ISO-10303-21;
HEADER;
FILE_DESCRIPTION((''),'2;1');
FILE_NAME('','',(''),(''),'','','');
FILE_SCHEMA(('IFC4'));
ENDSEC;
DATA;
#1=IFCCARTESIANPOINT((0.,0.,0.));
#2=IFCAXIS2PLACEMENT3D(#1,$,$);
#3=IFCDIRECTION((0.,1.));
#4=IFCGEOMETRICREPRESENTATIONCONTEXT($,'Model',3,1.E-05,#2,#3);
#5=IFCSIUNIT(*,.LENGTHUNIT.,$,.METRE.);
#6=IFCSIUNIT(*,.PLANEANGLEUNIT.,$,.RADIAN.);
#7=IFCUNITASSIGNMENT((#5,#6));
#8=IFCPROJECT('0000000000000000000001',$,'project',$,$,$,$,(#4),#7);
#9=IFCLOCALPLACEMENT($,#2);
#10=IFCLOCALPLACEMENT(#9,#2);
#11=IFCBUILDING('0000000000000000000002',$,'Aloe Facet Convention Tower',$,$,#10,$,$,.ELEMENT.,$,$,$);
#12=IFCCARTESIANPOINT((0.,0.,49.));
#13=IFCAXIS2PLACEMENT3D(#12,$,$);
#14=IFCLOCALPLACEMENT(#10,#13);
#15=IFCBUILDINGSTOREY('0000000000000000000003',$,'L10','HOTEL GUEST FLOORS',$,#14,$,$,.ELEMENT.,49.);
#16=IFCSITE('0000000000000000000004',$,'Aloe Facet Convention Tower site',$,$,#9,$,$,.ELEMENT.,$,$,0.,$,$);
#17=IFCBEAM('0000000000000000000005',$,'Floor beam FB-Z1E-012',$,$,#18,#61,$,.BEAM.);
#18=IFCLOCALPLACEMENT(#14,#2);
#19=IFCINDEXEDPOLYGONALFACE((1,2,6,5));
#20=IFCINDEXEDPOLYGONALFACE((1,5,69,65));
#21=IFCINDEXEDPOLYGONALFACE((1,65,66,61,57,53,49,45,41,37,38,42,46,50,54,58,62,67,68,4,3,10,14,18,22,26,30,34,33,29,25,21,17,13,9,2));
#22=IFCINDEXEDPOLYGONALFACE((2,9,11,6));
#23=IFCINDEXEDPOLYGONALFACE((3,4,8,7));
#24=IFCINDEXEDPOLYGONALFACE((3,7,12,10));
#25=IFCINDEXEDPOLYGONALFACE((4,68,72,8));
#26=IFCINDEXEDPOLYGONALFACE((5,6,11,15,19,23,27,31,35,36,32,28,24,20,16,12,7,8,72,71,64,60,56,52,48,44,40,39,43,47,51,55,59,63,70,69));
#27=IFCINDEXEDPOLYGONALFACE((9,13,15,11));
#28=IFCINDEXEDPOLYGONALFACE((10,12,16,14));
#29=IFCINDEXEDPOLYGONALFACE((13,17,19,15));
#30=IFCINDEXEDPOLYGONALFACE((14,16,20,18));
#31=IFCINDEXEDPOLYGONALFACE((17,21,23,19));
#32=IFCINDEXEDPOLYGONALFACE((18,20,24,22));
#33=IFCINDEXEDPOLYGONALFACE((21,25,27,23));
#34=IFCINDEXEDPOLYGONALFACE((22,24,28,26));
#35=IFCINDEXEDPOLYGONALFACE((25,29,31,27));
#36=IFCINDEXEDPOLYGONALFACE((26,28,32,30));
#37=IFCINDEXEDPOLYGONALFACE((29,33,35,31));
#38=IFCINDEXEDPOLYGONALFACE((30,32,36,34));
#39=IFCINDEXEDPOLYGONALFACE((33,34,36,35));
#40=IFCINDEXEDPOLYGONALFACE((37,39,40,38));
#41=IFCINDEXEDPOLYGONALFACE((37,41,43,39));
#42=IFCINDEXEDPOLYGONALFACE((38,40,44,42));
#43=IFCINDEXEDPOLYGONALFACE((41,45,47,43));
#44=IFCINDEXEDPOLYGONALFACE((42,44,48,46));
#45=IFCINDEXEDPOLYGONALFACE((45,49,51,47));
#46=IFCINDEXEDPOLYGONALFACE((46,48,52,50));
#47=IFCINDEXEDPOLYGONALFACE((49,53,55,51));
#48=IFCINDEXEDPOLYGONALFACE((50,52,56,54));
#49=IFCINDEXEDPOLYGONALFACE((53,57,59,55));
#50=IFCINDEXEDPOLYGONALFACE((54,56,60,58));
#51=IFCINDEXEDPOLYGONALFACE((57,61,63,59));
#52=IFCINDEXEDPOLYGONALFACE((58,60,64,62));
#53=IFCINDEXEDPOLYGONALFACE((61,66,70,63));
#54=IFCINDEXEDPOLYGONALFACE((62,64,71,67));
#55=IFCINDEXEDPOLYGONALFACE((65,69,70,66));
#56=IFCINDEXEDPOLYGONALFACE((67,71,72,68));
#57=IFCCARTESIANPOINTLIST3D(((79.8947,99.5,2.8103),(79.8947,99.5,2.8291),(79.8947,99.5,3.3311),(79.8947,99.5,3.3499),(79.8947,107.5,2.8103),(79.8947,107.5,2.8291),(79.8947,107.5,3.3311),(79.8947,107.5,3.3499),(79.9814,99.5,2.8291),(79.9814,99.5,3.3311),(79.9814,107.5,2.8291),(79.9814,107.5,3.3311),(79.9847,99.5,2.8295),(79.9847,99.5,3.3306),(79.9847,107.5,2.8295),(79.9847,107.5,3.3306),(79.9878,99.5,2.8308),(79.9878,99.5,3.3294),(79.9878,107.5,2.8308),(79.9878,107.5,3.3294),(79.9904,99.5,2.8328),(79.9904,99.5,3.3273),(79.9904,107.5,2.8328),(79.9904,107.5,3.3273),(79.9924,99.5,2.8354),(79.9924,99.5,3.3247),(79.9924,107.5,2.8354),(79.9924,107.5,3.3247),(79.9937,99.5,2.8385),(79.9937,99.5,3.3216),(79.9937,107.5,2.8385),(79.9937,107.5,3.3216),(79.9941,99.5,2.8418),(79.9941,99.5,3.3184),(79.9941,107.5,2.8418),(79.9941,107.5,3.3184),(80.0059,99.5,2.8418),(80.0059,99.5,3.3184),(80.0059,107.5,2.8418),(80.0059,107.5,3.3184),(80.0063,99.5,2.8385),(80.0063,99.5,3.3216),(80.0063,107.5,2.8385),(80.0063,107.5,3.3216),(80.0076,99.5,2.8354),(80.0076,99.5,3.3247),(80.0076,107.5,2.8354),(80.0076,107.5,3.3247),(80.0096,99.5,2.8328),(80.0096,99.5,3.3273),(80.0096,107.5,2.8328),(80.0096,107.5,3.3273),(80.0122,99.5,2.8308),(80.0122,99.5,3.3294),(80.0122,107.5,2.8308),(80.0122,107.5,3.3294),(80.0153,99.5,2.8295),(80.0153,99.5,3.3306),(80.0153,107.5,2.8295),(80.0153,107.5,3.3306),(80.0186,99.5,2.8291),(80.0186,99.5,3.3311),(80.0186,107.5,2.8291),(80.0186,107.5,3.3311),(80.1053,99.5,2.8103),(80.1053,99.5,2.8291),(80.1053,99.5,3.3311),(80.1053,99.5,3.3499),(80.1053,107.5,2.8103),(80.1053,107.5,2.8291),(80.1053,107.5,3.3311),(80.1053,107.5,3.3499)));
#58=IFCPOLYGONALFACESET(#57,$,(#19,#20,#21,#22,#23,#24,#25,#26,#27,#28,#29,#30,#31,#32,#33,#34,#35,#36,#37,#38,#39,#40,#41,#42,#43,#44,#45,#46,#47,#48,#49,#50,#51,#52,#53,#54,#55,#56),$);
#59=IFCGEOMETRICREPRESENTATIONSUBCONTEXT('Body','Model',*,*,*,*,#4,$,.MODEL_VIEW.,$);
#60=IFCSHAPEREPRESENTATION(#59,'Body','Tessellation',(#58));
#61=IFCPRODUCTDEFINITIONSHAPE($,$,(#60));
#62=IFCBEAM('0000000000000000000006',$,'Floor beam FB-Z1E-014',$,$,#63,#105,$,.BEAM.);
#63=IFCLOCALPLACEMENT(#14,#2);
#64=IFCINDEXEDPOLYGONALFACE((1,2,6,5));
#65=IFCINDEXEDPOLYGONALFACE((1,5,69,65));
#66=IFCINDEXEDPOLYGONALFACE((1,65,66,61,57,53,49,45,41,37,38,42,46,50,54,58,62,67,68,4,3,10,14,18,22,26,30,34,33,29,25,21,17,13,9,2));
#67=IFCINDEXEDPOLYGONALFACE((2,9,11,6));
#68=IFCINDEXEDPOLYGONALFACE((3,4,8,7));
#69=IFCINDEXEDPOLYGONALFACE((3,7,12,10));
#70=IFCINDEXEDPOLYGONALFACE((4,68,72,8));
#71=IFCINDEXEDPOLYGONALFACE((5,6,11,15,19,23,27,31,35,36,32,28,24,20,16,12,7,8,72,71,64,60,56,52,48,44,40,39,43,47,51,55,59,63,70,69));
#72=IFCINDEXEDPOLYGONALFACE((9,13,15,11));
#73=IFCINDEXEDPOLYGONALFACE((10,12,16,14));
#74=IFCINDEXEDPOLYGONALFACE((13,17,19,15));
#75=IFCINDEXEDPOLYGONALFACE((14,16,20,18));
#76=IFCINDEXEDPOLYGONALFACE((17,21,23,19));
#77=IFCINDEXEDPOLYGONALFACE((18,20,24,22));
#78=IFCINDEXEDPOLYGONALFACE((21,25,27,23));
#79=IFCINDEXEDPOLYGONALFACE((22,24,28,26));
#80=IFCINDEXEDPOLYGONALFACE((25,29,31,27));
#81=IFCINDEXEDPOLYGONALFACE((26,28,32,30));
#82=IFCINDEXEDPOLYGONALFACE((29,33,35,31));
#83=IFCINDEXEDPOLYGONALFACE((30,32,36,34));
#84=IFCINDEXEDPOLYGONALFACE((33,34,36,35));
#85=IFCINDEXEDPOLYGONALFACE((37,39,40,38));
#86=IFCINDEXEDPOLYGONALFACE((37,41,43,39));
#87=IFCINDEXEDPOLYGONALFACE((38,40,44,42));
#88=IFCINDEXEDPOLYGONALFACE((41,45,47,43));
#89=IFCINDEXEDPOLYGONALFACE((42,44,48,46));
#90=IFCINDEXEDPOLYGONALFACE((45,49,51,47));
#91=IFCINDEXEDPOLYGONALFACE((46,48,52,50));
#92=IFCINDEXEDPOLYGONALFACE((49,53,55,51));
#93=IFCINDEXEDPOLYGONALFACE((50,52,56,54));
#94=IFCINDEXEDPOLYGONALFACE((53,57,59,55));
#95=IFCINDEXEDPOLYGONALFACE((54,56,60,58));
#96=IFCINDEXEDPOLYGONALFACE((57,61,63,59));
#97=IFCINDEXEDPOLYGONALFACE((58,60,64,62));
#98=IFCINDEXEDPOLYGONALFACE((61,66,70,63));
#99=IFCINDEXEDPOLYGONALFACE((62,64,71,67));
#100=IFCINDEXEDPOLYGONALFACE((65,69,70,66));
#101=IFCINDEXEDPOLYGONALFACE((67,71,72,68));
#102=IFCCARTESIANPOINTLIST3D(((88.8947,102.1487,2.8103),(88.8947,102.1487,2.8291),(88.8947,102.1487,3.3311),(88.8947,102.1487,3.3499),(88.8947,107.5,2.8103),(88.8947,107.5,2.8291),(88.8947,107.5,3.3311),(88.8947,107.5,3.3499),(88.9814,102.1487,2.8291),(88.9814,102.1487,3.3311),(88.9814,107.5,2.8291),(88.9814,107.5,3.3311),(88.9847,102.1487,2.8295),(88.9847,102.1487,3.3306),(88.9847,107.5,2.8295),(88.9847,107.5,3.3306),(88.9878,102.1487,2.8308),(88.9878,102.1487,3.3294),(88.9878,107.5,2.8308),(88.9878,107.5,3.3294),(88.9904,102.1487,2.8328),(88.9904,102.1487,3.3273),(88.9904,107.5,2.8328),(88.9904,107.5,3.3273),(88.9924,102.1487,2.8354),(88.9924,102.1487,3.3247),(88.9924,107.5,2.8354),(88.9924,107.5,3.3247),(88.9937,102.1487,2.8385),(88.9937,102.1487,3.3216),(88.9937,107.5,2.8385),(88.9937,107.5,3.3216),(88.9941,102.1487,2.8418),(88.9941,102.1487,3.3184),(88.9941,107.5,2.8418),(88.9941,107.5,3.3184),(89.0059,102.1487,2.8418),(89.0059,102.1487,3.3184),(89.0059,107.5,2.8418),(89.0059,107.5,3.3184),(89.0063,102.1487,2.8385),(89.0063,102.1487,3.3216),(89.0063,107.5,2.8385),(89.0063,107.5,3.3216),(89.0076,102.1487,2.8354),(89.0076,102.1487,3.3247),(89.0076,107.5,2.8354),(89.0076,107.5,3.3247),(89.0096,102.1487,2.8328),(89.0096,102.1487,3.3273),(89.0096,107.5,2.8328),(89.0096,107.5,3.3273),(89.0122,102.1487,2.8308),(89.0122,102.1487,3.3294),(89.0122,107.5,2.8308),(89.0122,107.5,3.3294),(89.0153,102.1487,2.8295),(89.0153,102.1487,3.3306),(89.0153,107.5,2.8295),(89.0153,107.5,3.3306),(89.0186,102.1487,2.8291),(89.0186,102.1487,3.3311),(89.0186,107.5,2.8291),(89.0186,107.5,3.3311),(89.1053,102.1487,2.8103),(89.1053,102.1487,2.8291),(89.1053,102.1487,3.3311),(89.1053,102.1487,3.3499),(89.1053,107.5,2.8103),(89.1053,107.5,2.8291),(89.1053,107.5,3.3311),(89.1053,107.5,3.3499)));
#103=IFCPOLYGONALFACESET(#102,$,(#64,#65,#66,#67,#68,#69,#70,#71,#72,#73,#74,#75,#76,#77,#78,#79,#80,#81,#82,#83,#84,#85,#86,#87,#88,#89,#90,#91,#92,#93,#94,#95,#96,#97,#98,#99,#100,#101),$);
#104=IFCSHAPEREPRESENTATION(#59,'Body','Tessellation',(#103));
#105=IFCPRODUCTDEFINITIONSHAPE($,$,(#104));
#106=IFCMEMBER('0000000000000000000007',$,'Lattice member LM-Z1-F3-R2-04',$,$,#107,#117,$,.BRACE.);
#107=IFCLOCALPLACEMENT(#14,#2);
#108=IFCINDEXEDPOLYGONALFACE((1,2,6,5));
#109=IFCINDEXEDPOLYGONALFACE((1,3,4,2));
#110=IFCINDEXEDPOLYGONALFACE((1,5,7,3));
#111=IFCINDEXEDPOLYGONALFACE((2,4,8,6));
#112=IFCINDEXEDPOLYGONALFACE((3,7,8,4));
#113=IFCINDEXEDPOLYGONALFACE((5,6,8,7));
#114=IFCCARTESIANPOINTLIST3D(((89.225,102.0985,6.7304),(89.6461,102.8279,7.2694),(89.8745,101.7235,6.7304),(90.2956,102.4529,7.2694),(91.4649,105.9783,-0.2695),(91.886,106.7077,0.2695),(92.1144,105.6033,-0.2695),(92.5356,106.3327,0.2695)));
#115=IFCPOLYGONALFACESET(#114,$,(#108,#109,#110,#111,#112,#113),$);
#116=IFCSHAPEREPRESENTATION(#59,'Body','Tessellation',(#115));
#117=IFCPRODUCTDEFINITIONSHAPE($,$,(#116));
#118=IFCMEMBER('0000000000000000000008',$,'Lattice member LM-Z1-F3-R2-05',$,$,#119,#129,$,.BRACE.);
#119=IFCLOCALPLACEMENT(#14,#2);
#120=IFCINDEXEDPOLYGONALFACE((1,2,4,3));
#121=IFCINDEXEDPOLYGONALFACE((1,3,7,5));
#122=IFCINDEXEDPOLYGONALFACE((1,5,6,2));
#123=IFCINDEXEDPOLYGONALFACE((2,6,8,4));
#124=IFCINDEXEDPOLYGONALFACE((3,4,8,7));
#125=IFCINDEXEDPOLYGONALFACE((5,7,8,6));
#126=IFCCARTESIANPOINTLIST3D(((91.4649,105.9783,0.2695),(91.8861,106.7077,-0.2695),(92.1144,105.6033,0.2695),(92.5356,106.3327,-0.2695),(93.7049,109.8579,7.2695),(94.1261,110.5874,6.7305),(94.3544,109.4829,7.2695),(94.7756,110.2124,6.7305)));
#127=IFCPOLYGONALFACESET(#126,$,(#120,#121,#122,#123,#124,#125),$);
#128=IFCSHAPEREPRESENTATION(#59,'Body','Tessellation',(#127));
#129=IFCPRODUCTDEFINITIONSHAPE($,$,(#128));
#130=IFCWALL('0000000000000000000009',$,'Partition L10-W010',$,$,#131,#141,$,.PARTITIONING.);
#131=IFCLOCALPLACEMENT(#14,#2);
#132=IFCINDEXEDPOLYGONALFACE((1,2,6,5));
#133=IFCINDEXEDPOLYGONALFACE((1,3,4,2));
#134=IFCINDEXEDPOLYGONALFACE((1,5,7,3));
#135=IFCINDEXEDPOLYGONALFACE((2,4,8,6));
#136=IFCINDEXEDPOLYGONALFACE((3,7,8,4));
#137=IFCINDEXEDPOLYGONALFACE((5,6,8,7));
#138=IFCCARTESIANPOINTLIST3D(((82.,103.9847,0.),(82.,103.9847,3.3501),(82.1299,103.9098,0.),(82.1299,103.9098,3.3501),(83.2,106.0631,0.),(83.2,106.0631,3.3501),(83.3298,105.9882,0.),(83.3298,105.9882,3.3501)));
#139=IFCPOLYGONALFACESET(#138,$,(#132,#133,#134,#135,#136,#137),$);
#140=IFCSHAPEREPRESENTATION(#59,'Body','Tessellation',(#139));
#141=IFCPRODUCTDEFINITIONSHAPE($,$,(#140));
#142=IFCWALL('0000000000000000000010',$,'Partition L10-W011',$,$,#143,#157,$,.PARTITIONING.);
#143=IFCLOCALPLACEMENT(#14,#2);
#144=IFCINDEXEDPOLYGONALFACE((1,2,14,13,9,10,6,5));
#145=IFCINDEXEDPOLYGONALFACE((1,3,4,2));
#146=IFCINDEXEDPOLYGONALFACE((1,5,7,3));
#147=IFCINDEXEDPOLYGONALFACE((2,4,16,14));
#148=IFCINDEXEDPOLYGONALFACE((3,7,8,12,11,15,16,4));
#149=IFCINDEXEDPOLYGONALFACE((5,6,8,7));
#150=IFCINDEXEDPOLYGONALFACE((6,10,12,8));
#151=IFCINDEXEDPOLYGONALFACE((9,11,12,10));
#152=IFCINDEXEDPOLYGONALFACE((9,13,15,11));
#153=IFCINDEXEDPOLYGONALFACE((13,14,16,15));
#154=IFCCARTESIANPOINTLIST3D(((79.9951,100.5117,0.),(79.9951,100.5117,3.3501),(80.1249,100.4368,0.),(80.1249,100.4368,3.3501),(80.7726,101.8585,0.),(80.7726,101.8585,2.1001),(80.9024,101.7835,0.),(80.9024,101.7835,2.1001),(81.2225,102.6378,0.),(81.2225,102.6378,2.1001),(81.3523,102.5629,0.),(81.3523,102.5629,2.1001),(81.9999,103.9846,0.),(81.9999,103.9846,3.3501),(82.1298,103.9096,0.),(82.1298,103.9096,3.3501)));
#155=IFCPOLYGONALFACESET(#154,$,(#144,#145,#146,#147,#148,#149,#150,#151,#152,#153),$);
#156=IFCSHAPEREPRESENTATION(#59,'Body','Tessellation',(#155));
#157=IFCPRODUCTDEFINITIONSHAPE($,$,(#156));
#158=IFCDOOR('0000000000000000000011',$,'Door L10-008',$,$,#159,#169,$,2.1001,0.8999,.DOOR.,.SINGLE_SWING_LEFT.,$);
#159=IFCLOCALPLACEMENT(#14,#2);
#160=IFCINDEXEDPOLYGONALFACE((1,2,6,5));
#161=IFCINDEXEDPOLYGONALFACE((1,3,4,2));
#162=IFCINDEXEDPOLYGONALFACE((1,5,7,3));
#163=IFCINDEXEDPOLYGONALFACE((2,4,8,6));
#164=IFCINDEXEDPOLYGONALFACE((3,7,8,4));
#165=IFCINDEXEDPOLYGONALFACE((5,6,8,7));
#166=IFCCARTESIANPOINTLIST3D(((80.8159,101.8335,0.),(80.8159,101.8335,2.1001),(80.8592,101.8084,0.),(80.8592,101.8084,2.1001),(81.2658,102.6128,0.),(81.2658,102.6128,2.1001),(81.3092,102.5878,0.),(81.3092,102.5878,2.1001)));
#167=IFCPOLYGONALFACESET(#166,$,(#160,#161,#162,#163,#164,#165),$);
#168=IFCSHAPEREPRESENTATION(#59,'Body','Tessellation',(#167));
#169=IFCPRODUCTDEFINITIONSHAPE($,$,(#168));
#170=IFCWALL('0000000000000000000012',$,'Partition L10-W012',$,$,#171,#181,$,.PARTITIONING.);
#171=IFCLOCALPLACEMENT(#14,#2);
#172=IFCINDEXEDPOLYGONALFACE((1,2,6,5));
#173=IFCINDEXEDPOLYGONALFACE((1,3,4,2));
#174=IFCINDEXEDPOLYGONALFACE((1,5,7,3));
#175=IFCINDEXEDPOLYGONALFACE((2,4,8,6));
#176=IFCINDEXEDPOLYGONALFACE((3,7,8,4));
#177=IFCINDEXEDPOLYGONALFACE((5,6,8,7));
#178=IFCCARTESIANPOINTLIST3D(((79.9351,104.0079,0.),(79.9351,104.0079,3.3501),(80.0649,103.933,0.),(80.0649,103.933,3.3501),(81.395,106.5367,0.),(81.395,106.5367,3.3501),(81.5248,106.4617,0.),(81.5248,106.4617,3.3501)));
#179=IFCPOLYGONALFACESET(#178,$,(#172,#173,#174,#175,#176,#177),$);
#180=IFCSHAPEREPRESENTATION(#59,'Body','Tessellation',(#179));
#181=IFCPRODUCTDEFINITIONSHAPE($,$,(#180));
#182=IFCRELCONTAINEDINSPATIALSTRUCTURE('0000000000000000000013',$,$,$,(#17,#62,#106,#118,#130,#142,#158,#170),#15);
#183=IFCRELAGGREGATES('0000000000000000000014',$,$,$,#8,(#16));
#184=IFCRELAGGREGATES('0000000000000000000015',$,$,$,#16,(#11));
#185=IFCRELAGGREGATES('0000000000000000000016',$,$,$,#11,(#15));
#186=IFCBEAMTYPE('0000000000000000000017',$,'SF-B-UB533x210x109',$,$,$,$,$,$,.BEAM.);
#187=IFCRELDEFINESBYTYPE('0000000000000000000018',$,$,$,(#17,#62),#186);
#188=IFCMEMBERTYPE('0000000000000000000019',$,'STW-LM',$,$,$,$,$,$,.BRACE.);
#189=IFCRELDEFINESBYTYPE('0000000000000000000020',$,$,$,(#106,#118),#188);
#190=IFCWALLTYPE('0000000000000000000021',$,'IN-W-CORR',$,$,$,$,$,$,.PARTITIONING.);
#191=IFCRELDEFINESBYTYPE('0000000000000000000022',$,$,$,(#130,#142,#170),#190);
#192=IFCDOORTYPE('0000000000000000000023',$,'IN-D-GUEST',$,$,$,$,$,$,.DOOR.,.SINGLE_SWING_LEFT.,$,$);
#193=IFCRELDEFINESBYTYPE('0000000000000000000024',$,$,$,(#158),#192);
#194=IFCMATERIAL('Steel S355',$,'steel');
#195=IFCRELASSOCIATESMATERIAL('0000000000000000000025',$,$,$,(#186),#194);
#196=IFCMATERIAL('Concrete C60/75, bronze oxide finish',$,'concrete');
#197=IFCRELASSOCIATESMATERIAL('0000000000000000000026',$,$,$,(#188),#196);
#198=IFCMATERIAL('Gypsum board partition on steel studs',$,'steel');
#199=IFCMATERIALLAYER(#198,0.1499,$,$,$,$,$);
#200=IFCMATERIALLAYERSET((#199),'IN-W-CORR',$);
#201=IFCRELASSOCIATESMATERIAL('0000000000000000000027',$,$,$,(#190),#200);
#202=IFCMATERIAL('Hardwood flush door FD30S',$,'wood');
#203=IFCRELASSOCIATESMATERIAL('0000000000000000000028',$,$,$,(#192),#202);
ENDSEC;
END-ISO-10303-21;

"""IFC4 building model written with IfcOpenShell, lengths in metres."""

from ifc_helpers import new_model, si_unit, direction, frame, frame_2d, origin, origin_2d, place, context, subcontext, project, spatial, rectangle, i_section, extrude, material, layer, layer_set, material_profile, profile_set, type_object, element, fill, save


model = new_model("IFC4")

# Units and contexts
model_context = context("Model", 3, precision=1e-05, world=origin(), true_north=direction((0.0, 1.0)))
body_context = subcontext(model_context, "Body", "Model", "MODEL_VIEW")
ifc_project = project(units=[si_unit("LENGTHUNIT", "METRE"), si_unit("PLANEANGLEUNIT", "RADIAN")], contexts=[model_context])

# Site, building, storey
site_placement = place(None, origin())
site = spatial("IfcSite", under=ifc_project, at=site_placement, Name="Aloe Facet Convention Tower site", CompositionType="ELEMENT", RefElevation=0.0)
building_placement = place(site_placement, origin())
building = spatial("IfcBuilding", under=site, at=building_placement, Name="Aloe Facet Convention Tower", CompositionType="ELEMENT")
storey_placement = place(building_placement, frame((0.0, 0.0, 49.0)))
storey = spatial("IfcBuildingStorey", under=building, at=storey_placement, Name="L10", Description="HOTEL GUEST FLOORS", CompositionType="ELEMENT", Elevation=49.0)

# Beams
ifc_material_1 = material(Name="Steel S355", Category="steel")
ifc_material_profile_1 = material_profile(ifc_material_1, i_section(OverallWidth=0.2107, OverallDepth=0.5396, WebThickness=0.0117, FlangeThickness=0.0188, FilletRadius=0.0127, at=origin_2d()), Name="UB 533x210x109")
ifc_profile_set_1 = profile_set([ifc_material_profile_1], Name="Steel S355")
beam_type_1 = type_object("IfcBeamType", Name="SF-B-UB533x210x109", PredefinedType="BEAM", material=ifc_profile_set_1)
beam_1_placement = place(storey_placement, frame((80.0, 107.5, 3.0801), z_axis=(0.0, -1.0, 0.0), x_axis=(1.0, 0.0, 0.0)))
element("IfcBeam", 1, at=beam_1_placement, inside=storey, type_object=beam_type_1, Name="Floor beam FB-Z1E-012", PredefinedType="BEAM", context=body_context, shape_type="SweptSolid", body=[
    extrude(i_section(OverallWidth=0.2107, OverallDepth=0.5396, WebThickness=0.0117, FlangeThickness=0.0188, FilletRadius=0.0127, at=origin_2d()), origin(), (0.0, 0.0, 1.0), 8.0),
])
beam_2_placement = place(storey_placement, frame((89.0, 107.5, 3.0801), z_axis=(0.0, -1.0, 0.0), x_axis=(1.0, 0.0, 0.0)))
element("IfcBeam", 2, at=beam_2_placement, inside=storey, type_object=beam_type_1, Name="Floor beam FB-Z1E-014", PredefinedType="BEAM", context=body_context, shape_type="SweptSolid", body=[
    extrude(i_section(OverallWidth=0.2107, OverallDepth=0.5396, WebThickness=0.0117, FlangeThickness=0.0188, FilletRadius=0.0127, at=origin_2d()), origin(), (0.0, 0.0, 1.0), 5.3513),
])

# Members
ifc_material_2 = material(Name="Concrete C60/75, bronze oxide finish", Category="concrete")
ifc_material_profile_2 = material_profile(ifc_material_2, rectangle(XDim=0.75, YDim=1.0, at=origin_2d()), Name="STW-LM")
ifc_profile_set_2 = profile_set([ifc_material_profile_2], Name="Concrete C60/75, bronze oxide finish")
member_type = type_object("IfcMemberType", Name="STW-LM", PredefinedType="BRACE", material=ifc_profile_set_2)
for number, where, z_axis, x_axis, name in (
    (3, (92.0002, 106.1555, 0.0), (-0.269524, -0.466843, 0.842267), (0.866031, -0.49999, 0.0), "Lattice member LM-Z1-F3-R2-04"),
    (4, (92.0002, 106.1555, 0.0), (0.269528, 0.46682, 0.842279), (-0.866018, 0.500013, 0.0), "Lattice member LM-Z1-F3-R2-05"),
):
    element("IfcMember", number, at=place(storey_placement, frame(where, z_axis=z_axis, x_axis=x_axis)), inside=storey, type_object=member_type, Name=name, PredefinedType="BRACE", context=body_context, shape_type="SweptSolid", body=[
        extrude(rectangle(XDim=0.75, YDim=1.0, at=origin_2d()), origin(), (0.0, 0.0, 1.0), 8.3108),
    ])

# Wall
ifc_material_3 = material(Name="Gypsum board partition on steel studs", Category="steel")
ifc_layer_1 = layer(ifc_material_3, 0.1499)
ifc_layer_set_1 = layer_set([ifc_layer_1], Name="IN-W-CORR")
wall_type_1 = type_object("IfcWallType", Name="IN-W-CORR", PredefinedType="PARTITIONING", material=ifc_layer_set_1)
wall_1_placement = place(storey_placement, frame((82.0649, 103.9473, 0.0), z_axis=(0.0, 0.0, 1.0), x_axis=(0.500001, 0.866025, 0.0)))
element("IfcWall", 5, at=wall_1_placement, inside=storey, type_object=wall_type_1, Name="Partition L10-W010", PredefinedType="PARTITIONING", context=body_context, shape_type="SweptSolid", body=[
    extrude(rectangle(XDim=2.3999, YDim=0.1499, at=frame_2d((1.2, 0.0))), origin(), (0.0, 0.0, 1.0), 3.3501),
])

# Wall, opening, door
wall_2_placement = place(storey_placement, frame((80.0601, 100.4744, 0.0), z_axis=(0.0, 0.0, 1.0), x_axis=(0.499963, 0.866047, 0.0)))
wall_2 = element("IfcWall", 6, at=wall_2_placement, inside=storey, type_object=wall_type_1, Name="Partition L10-W011", PredefinedType="PARTITIONING", context=body_context, shape_type="SweptSolid", body=[
    extrude(rectangle(XDim=4.01, YDim=0.1499, at=frame_2d((2.0049, 0.0))), origin(), (0.0, 0.0, 1.0), 3.3501),
])
opening_1_placement = place(wall_2_placement, frame((1.5549, 0.0, 0.0)))
opening_1 = element("IfcOpeningElement", 7, at=opening_1_placement, cuts=wall_2, PredefinedType="OPENING", context=body_context, shape_type="SweptSolid", body=[
    extrude(rectangle(XDim=0.8999, YDim=2.1001, at=frame_2d((0.45, 1.05))), frame((0.0, 0.085, 0.0), z_axis=(0.0, -1.0, 0.0), x_axis=(1.0, 0.0, 0.0)), (0.0, 0.0, 1.0), 0.1699),
])
ifc_material_4 = material(Name="Hardwood flush door FD30S", Category="wood")
door_type_1 = type_object("IfcDoorType", Name="IN-D-GUEST", OperationType="SINGLE_SWING_LEFT", PredefinedType="DOOR", material=ifc_material_4)
door_1_placement = place(opening_1_placement, origin())
door_1 = element("IfcDoor", 8, at=door_1_placement, inside=storey, type_object=door_type_1, Name="Door L10-008", OperationType="SINGLE_SWING_LEFT", OverallHeight=2.1001, OverallWidth=0.8999, PredefinedType="DOOR", context=body_context, shape_type="SweptSolid", body=[
    extrude(rectangle(XDim=0.8999, YDim=2.1001, at=frame_2d((0.45, 1.05))), frame((0.0, 0.0249, 0.0), z_axis=(0.0, -1.0, 0.0), x_axis=(1.0, 0.0, 0.0)), (0.0, 0.0, 1.0), 0.05),
])
fill(opening_1, door_1)

# Wall
wall_3_placement = place(storey_placement, frame((80.0, 103.9705, 0.0), z_axis=(0.0, 0.0, 1.0), x_axis=(0.499988, 0.866032, 0.0)))
element("IfcWall", 9, at=wall_3_placement, inside=storey, type_object=wall_type_1, Name="Partition L10-W012", PredefinedType="PARTITIONING", context=body_context, shape_type="SweptSolid", body=[
    extrude(rectangle(XDim=2.9199, YDim=0.1499, at=frame_2d((1.46, 0.0))), origin(), (0.0, 0.0, 1.0), 3.3501),
])

save(model, "model.ifc")
